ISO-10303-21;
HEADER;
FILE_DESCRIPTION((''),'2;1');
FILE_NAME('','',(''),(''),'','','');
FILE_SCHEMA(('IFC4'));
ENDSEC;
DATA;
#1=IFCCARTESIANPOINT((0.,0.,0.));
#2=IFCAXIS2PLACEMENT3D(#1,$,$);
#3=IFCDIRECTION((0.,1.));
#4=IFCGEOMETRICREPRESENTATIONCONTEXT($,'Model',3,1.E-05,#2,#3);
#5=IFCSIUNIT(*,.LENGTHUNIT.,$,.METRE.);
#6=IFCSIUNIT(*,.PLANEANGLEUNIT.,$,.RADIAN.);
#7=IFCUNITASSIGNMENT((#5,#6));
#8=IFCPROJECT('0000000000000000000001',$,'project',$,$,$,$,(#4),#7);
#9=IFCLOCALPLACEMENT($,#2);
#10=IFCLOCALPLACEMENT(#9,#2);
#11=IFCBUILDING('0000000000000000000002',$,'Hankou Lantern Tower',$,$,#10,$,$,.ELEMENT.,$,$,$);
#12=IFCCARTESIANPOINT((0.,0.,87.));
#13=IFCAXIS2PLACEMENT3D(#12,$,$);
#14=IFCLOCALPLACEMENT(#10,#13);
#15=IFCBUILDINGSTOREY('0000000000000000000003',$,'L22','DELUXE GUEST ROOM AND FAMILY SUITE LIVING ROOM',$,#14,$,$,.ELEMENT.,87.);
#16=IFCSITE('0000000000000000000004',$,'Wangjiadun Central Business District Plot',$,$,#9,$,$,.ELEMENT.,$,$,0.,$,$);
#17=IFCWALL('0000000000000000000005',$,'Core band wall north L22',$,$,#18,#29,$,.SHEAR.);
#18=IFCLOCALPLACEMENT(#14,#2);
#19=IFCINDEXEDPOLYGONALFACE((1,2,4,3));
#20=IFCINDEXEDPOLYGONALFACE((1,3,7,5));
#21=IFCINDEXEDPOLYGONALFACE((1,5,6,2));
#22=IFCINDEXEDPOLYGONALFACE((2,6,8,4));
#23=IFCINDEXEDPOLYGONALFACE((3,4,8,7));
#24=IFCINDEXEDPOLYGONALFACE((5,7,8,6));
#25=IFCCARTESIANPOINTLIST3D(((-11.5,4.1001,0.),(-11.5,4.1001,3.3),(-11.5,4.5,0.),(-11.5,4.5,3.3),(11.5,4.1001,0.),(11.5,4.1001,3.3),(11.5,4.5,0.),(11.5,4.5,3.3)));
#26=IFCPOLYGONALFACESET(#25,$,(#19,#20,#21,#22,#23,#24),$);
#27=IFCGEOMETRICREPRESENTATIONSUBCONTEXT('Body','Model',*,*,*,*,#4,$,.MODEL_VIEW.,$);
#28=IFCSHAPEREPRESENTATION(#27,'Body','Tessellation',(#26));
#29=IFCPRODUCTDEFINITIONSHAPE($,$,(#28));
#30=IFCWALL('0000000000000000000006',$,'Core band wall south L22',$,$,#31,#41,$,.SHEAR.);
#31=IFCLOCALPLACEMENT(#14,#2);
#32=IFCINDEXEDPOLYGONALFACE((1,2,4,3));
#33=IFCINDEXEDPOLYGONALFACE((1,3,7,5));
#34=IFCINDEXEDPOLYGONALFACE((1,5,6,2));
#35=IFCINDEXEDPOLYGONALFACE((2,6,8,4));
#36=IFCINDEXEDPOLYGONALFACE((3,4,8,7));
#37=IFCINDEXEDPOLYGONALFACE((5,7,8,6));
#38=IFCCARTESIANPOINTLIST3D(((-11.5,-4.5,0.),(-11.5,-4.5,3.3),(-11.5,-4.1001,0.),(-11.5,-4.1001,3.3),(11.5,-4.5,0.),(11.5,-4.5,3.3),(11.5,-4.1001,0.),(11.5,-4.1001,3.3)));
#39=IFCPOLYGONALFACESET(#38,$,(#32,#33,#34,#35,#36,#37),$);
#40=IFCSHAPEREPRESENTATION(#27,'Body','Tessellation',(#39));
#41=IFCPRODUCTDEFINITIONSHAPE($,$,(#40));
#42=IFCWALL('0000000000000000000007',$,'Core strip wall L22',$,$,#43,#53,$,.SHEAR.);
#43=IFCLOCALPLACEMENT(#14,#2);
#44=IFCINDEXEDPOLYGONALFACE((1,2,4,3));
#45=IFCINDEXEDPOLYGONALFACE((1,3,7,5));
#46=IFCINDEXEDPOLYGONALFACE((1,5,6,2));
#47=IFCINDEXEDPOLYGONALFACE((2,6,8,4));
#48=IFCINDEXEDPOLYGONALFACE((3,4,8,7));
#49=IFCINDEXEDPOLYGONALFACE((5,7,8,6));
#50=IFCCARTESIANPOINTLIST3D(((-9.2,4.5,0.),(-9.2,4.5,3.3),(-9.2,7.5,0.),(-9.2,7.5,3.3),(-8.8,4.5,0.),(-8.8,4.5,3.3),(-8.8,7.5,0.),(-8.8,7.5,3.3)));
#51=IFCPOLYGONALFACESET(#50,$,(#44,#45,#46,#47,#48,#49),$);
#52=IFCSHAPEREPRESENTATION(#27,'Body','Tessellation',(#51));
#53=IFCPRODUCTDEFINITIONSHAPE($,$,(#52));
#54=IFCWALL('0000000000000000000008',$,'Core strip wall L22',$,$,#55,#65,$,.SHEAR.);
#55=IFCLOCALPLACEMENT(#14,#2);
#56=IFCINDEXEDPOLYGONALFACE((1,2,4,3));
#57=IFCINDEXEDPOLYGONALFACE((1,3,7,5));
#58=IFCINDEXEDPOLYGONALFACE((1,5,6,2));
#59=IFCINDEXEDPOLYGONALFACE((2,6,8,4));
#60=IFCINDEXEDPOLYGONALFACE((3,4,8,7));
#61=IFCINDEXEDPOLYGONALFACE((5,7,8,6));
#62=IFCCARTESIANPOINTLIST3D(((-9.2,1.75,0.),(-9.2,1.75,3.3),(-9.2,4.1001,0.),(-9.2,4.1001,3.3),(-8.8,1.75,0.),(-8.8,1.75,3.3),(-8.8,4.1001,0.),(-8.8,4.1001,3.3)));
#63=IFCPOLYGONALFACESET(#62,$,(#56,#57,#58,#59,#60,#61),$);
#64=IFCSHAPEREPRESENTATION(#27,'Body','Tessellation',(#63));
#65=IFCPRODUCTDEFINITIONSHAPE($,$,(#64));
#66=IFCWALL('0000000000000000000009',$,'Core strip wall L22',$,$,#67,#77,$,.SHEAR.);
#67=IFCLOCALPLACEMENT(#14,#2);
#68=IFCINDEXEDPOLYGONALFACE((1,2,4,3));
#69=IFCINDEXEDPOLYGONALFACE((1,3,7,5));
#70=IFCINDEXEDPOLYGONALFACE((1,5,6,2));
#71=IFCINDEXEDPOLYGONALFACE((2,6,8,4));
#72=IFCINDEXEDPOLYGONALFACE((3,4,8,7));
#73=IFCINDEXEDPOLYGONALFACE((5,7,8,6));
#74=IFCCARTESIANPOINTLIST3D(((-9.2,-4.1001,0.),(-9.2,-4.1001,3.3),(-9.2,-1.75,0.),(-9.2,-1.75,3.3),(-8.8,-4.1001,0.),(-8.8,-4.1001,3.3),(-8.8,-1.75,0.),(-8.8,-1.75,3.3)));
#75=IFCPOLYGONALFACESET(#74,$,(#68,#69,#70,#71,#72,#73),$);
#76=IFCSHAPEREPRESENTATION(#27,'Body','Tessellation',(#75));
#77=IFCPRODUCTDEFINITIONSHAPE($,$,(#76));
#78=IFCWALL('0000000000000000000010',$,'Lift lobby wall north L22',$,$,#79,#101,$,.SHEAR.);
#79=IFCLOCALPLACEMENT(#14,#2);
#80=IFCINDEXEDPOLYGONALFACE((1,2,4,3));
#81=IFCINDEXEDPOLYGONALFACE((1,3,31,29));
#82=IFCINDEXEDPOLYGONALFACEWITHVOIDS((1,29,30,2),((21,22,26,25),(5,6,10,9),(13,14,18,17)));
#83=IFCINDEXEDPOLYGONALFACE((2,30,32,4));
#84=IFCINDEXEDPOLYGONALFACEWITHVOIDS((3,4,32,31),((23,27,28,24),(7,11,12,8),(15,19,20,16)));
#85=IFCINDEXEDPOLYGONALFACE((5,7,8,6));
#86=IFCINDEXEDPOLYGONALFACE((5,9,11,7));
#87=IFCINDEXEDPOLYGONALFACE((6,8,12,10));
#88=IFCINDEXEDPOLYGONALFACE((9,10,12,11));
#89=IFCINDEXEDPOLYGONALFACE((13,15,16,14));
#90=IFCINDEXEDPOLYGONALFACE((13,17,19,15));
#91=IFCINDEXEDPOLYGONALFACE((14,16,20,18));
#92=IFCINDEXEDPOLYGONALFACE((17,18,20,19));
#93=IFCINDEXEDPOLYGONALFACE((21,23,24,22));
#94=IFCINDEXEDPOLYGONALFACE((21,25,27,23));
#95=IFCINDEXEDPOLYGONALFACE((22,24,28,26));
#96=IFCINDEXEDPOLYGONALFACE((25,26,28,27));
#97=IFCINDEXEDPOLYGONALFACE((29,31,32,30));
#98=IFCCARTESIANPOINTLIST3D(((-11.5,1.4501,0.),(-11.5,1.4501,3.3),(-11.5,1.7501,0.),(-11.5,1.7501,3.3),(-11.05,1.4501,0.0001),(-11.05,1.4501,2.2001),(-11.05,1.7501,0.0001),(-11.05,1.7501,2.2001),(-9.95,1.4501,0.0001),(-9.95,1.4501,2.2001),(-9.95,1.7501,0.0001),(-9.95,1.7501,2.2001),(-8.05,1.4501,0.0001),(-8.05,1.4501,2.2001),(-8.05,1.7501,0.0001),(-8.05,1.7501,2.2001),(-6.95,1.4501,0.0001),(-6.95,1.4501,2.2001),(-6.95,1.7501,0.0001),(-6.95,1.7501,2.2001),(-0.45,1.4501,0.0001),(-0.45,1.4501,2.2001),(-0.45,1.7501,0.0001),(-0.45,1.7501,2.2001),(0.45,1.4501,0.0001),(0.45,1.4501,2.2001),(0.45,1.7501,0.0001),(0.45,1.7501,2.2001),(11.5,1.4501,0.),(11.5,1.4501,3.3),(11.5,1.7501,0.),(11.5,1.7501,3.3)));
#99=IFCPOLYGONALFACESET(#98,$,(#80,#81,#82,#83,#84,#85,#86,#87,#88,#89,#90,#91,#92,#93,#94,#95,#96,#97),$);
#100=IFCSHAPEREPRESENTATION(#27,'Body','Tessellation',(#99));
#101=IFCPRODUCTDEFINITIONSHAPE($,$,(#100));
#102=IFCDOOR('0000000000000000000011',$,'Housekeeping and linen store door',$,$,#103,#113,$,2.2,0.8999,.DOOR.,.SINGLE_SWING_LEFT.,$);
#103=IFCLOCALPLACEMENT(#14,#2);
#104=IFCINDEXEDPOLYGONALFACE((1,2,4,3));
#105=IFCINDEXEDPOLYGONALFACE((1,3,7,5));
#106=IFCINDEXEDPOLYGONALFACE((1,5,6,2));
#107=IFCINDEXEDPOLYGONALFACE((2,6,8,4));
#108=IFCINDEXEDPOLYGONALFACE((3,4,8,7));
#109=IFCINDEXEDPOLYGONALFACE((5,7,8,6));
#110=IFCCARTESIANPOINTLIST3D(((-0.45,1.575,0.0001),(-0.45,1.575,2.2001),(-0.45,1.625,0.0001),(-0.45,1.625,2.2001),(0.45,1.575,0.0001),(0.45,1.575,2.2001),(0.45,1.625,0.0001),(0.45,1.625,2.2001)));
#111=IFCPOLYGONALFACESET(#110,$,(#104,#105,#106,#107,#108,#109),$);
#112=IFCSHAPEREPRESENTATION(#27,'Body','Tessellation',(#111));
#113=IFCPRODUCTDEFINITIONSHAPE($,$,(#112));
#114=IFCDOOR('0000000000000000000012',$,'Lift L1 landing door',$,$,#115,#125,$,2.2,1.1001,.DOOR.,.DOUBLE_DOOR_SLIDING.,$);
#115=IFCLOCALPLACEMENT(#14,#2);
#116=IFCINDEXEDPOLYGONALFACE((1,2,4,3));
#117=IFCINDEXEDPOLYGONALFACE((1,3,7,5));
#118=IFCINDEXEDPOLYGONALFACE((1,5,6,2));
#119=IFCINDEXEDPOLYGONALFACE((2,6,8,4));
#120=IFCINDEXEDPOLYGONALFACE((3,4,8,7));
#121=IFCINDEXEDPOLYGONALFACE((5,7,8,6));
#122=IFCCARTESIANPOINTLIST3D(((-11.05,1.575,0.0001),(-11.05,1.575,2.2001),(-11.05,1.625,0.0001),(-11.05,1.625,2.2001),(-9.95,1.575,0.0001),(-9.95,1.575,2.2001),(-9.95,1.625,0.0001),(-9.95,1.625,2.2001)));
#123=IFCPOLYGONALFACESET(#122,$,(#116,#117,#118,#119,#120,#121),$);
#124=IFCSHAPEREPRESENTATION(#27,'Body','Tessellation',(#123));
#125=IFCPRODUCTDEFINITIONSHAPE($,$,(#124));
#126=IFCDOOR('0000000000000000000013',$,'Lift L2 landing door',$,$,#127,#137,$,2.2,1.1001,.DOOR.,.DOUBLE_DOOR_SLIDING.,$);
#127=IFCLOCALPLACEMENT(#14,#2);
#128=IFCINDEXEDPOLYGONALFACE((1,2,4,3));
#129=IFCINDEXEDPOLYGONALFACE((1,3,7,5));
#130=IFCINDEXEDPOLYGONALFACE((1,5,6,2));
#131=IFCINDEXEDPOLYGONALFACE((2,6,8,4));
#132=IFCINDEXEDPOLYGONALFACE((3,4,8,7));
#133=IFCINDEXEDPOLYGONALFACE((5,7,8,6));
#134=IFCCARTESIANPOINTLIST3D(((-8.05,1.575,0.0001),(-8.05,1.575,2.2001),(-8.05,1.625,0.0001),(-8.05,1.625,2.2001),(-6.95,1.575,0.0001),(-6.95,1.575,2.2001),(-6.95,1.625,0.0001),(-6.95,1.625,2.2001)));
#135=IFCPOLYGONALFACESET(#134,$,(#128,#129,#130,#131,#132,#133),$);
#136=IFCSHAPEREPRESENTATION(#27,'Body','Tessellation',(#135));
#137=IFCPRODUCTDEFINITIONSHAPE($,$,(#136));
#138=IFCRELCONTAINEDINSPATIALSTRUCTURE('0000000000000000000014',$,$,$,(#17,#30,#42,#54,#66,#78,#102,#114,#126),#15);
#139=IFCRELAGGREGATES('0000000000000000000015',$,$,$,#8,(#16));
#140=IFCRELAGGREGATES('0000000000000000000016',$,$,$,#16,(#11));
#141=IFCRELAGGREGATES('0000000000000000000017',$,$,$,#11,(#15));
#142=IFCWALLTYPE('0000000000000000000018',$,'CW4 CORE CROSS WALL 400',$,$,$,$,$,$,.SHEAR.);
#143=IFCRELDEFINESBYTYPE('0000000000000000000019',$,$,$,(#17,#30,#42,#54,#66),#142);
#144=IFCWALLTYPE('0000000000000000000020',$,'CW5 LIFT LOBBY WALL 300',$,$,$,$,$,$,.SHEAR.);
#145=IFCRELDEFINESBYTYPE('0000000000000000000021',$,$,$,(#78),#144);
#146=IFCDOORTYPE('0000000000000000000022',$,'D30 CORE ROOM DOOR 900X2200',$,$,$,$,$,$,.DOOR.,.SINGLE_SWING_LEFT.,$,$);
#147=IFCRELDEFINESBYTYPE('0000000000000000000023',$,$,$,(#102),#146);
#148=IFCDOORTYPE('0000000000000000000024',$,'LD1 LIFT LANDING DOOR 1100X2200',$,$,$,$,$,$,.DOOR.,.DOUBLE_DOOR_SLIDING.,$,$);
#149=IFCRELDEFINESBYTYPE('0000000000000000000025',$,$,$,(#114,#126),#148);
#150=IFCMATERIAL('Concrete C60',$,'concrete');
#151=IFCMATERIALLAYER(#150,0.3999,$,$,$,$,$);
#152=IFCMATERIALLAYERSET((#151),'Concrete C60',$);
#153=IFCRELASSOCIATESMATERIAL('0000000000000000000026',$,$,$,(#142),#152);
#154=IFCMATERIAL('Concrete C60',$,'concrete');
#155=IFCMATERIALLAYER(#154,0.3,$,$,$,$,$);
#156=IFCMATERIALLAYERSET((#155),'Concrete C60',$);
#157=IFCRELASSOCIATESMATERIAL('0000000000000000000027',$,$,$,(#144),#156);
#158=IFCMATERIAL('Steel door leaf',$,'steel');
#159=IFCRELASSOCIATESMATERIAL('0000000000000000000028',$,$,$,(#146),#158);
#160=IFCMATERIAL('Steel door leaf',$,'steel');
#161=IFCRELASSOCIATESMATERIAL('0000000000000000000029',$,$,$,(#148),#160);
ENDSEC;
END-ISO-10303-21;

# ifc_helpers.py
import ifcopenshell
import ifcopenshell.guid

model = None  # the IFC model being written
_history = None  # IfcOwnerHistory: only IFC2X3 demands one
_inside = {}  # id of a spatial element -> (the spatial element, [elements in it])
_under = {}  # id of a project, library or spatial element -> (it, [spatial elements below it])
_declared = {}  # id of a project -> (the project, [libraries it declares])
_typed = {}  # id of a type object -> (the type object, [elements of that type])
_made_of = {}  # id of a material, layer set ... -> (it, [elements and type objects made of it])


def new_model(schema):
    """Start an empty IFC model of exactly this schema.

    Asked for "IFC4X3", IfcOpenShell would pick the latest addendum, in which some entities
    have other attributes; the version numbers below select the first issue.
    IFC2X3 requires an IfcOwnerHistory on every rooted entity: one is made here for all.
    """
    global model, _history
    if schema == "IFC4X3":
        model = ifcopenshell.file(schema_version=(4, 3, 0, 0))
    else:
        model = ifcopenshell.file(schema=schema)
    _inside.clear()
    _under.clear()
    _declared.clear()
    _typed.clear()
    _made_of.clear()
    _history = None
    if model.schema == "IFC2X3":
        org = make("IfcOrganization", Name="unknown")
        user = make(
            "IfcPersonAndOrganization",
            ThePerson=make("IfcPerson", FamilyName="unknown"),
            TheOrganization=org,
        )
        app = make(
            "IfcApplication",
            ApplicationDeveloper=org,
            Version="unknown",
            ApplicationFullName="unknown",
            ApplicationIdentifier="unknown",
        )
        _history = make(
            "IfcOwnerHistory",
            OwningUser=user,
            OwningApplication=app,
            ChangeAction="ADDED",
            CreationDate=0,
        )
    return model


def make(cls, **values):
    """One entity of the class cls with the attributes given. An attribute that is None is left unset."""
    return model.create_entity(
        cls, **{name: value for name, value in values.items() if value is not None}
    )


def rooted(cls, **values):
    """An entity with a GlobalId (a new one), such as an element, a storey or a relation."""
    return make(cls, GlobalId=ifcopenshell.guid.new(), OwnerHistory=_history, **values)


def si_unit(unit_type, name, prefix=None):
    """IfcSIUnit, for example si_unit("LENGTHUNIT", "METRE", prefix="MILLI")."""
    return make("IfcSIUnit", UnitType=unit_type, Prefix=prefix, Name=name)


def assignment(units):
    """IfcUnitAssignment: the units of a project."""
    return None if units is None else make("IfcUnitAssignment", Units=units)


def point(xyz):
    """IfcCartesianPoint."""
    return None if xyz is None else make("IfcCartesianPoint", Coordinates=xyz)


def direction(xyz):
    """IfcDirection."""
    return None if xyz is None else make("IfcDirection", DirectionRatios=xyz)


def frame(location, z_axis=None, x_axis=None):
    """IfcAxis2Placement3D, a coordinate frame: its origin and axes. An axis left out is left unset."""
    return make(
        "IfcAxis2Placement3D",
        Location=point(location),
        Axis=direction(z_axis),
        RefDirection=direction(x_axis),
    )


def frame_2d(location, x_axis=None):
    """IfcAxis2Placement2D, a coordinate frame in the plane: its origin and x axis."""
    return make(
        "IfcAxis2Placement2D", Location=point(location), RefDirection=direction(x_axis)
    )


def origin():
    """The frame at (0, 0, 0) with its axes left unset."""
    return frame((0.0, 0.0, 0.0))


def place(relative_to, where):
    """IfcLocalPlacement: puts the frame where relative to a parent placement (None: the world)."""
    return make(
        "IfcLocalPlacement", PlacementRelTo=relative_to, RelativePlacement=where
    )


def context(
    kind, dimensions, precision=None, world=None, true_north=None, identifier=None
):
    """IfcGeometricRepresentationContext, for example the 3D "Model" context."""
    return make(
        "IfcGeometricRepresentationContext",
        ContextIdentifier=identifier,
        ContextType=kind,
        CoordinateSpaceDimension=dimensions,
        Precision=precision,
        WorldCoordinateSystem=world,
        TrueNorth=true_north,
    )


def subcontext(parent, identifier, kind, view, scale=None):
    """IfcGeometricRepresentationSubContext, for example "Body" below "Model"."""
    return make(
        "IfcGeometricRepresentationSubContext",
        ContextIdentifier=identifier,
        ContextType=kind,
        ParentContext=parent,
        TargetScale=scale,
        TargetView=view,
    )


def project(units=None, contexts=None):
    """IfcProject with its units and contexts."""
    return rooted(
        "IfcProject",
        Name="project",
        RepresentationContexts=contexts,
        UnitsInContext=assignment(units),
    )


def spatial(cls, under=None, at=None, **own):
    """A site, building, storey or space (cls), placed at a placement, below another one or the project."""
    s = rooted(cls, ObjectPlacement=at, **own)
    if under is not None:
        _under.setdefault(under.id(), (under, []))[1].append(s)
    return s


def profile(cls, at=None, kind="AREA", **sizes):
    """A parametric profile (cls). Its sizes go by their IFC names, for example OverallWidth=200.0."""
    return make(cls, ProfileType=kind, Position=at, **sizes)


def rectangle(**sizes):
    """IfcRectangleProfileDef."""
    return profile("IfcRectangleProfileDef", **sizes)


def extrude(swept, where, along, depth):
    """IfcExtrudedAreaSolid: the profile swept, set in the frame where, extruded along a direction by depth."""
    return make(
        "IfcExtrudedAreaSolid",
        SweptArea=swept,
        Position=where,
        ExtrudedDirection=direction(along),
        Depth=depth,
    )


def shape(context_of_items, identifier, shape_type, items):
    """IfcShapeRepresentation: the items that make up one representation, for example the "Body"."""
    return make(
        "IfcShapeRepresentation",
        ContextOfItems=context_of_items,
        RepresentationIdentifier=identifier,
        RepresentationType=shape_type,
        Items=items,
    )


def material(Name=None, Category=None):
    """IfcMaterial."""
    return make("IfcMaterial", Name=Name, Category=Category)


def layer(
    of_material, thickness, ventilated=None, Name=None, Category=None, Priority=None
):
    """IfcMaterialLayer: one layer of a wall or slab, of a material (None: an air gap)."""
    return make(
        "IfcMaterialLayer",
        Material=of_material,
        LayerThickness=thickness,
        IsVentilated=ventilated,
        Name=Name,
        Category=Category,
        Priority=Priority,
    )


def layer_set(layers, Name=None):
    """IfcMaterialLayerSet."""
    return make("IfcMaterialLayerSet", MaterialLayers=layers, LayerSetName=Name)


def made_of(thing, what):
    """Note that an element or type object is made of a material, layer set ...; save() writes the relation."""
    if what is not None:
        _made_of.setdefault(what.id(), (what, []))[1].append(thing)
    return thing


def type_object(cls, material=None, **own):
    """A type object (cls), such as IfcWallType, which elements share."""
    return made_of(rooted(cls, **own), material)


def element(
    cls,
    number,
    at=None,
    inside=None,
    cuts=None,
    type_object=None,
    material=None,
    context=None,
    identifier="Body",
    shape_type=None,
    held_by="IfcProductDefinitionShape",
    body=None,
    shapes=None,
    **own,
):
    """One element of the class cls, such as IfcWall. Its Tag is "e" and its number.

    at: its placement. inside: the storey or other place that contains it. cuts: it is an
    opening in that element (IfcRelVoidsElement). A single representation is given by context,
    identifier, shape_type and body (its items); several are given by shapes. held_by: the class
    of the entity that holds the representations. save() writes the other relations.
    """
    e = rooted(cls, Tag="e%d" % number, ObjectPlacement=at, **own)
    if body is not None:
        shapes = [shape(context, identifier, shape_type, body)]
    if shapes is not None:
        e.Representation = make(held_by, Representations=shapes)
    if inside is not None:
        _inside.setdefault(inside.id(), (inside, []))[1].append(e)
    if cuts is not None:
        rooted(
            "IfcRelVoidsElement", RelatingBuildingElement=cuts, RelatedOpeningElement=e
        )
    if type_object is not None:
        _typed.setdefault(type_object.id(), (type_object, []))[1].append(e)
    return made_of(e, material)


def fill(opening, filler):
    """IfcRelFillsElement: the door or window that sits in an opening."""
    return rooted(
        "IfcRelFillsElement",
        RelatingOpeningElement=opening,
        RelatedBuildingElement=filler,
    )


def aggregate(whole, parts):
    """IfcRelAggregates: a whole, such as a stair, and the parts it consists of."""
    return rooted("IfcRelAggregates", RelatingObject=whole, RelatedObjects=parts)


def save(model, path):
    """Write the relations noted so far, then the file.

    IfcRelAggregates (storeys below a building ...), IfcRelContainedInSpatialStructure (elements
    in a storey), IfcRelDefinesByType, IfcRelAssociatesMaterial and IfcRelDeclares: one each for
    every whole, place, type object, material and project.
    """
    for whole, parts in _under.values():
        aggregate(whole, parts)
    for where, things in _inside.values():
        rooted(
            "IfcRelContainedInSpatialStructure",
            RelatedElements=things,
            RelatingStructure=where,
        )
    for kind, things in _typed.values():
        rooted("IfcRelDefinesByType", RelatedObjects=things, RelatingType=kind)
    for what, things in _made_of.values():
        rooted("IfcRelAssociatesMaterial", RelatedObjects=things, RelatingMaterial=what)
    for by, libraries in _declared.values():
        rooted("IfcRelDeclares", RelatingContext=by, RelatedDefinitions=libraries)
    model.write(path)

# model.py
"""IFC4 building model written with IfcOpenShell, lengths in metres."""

from ifc_helpers import new_model, si_unit, direction, frame, frame_2d, origin, place, context, subcontext, project, spatial, rectangle, extrude, material, layer, layer_set, type_object, element, fill, save


model = new_model("IFC4")

# Units and contexts
model_context = context("Model", 3, precision=1e-05, world=origin(), true_north=direction((0.0, 1.0)))
body_context = subcontext(model_context, "Body", "Model", "MODEL_VIEW")
ifc_project = project(units=[si_unit("LENGTHUNIT", "METRE"), si_unit("PLANEANGLEUNIT", "RADIAN")], contexts=[model_context])

# Site, building, storey
site_placement = place(None, origin())
site = spatial("IfcSite", under=ifc_project, at=site_placement, Name="Wangjiadun Central Business District Plot", CompositionType="ELEMENT", RefElevation=0.0)
building_placement = place(site_placement, origin())
building = spatial("IfcBuilding", under=site, at=building_placement, Name="Hankou Lantern Tower", CompositionType="ELEMENT")
storey_placement = place(building_placement, frame((0.0, 0.0, 87.0)))
storey = spatial("IfcBuildingStorey", under=building, at=storey_placement, Name="L22", Description="DELUXE GUEST ROOM AND FAMILY SUITE LIVING ROOM", CompositionType="ELEMENT", Elevation=87.0)

# Walls
ifc_material_1 = material(Name="Concrete C60", Category="concrete")
ifc_layer_1 = layer(ifc_material_1, 0.3999)
ifc_layer_set_1 = layer_set([ifc_layer_1], Name="Concrete C60")
wall_type_1 = type_object("IfcWallType", Name="CW4 CORE CROSS WALL 400", PredefinedType="SHEAR", material=ifc_layer_set_1)
for number, where, z_axis, x_axis, name in (
    (1, (-11.5, 4.3, 0.0), (0.0, 0.0, 1.0), (1.0, 0.0, 0.0), "Core band wall north L22"),
    (2, (-11.5, -4.3, 0.0), (0.0, 0.0, 1.0), (1.0, 0.0, 0.0), "Core band wall south L22"),
):
    element("IfcWall", number, at=place(storey_placement, frame(where, z_axis=z_axis, x_axis=x_axis)), inside=storey, type_object=wall_type_1, Name=name, PredefinedType="SHEAR", context=body_context, shape_type="SweptSolid", body=[
        extrude(rectangle(XDim=23.0, YDim=0.3999, at=frame_2d((11.5, 0.0))), origin(), (0.0, 0.0, 1.0), 3.3),
    ])
wall_1_placement = place(storey_placement, frame((-9.0, 4.5, 0.0), z_axis=(0.0, 0.0, 1.0), x_axis=(0.0, 1.0, 0.0)))
element("IfcWall", 3, at=wall_1_placement, inside=storey, type_object=wall_type_1, Name="Core strip wall L22", PredefinedType="SHEAR", context=body_context, shape_type="SweptSolid", body=[
    extrude(rectangle(XDim=3.0, YDim=0.3999, at=frame_2d((1.5, 0.0))), origin(), (0.0, 0.0, 1.0), 3.3),
])
for number, where, z_axis, x_axis, name in (
    (4, (-9.0, 1.75, 0.0), (0.0, 0.0, 1.0), (0.0, 1.0, 0.0), "Core strip wall L22"),
    (5, (-9.0, -4.1001, 0.0), (0.0, 0.0, 1.0), (0.0, 1.0, 0.0), "Core strip wall L22"),
):
    element("IfcWall", number, at=place(storey_placement, frame(where, z_axis=z_axis, x_axis=x_axis)), inside=storey, type_object=wall_type_1, Name=name, PredefinedType="SHEAR", context=body_context, shape_type="SweptSolid", body=[
        extrude(rectangle(XDim=2.3501, YDim=0.3999, at=frame_2d((1.175, 0.0))), origin(), (0.0, 0.0, 1.0), 3.3),
    ])

# Wall, openings, doors
ifc_material_2 = material(Name="Concrete C60", Category="concrete")
ifc_layer_2 = layer(ifc_material_2, 0.3)
ifc_layer_set_2 = layer_set([ifc_layer_2], Name="Concrete C60")
wall_type_2 = type_object("IfcWallType", Name="CW5 LIFT LOBBY WALL 300", PredefinedType="SHEAR", material=ifc_layer_set_2)
wall_2_placement = place(storey_placement, frame((-11.5, 1.6001, 0.0), z_axis=(0.0, 0.0, 1.0), x_axis=(1.0, 0.0, 0.0)))
wall_2 = element("IfcWall", 6, at=wall_2_placement, inside=storey, type_object=wall_type_2, Name="Lift lobby wall north L22", PredefinedType="SHEAR", context=body_context, shape_type="SweptSolid", body=[
    extrude(rectangle(XDim=23.0, YDim=0.3, at=frame_2d((11.5, 0.0))), origin(), (0.0, 0.0, 1.0), 3.3),
])
opening_1_placement = place(wall_2_placement, frame((0.45, 0.0, 0.0)))
opening_1 = element("IfcOpeningElement", 7, at=opening_1_placement, cuts=wall_2, PredefinedType="OPENING", context=body_context, shape_type="SweptSolid", body=[
    extrude(rectangle(XDim=1.1001, YDim=2.2, at=frame_2d((0.55, 1.1001))), frame((0.0, 0.1599, 0.0), z_axis=(0.0, -1.0, 0.0), x_axis=(1.0, 0.0, 0.0)), (0.0, 0.0, 1.0), 0.3201),
])
opening_2_placement = place(wall_2_placement, frame((3.45, 0.0, 0.0)))
opening_2 = element("IfcOpeningElement", 8, at=opening_2_placement, cuts=wall_2, PredefinedType="OPENING", context=body_context, shape_type="SweptSolid", body=[
    extrude(rectangle(XDim=1.1001, YDim=2.2, at=frame_2d((0.55, 1.1001))), frame((0.0, 0.1599, 0.0), z_axis=(0.0, -1.0, 0.0), x_axis=(1.0, 0.0, 0.0)), (0.0, 0.0, 1.0), 0.3201),
])
opening_3_placement = place(wall_2_placement, frame((11.05, 0.0, 0.0)))
opening_3 = element("IfcOpeningElement", 9, at=opening_3_placement, cuts=wall_2, PredefinedType="OPENING", context=body_context, shape_type="SweptSolid", body=[
    extrude(rectangle(XDim=0.8999, YDim=2.2, at=frame_2d((0.45, 1.1001))), frame((0.0, 0.1599, 0.0), z_axis=(0.0, -1.0, 0.0), x_axis=(1.0, 0.0, 0.0)), (0.0, 0.0, 1.0), 0.3201),
])
ifc_material_3 = material(Name="Steel door leaf", Category="steel")
door_type_1 = type_object("IfcDoorType", Name="D30 CORE ROOM DOOR 900X2200", OperationType="SINGLE_SWING_LEFT", PredefinedType="DOOR", material=ifc_material_3)
door_1_placement = place(opening_3_placement, origin())
door_1 = element("IfcDoor", 10, at=door_1_placement, inside=storey, type_object=door_type_1, Name="Housekeeping and linen store door", OperationType="SINGLE_SWING_LEFT", OverallHeight=2.2, OverallWidth=0.8999, PredefinedType="DOOR", context=body_context, shape_type="SweptSolid", body=[
    extrude(rectangle(XDim=0.8999, YDim=2.2, at=frame_2d((0.45, 1.1001))), frame((0.0, 0.0249, 0.0), z_axis=(0.0, -1.0, 0.0), x_axis=(1.0, 0.0, 0.0)), (0.0, 0.0, 1.0), 0.05),
])
fill(opening_3, door_1)
ifc_material_4 = material(Name="Steel door leaf", Category="steel")
door_type_2 = type_object("IfcDoorType", Name="LD1 LIFT LANDING DOOR 1100X2200", OperationType="DOUBLE_DOOR_SLIDING", PredefinedType="DOOR", material=ifc_material_4)
door_2_placement = place(opening_1_placement, origin())
door_2 = element("IfcDoor", 11, at=door_2_placement, inside=storey, type_object=door_type_2, Name="Lift L1 landing door", OperationType="DOUBLE_DOOR_SLIDING", OverallHeight=2.2, OverallWidth=1.1001, PredefinedType="DOOR", context=body_context, shape_type="SweptSolid", body=[
    extrude(rectangle(XDim=1.1001, YDim=2.2, at=frame_2d((0.55, 1.1001))), frame((0.0, 0.0249, 0.0), z_axis=(0.0, -1.0, 0.0), x_axis=(1.0, 0.0, 0.0)), (0.0, 0.0, 1.0), 0.05),
])
fill(opening_1, door_2)
door_3_placement = place(opening_2_placement, origin())
door_3 = element("IfcDoor", 12, at=door_3_placement, inside=storey, type_object=door_type_2, Name="Lift L2 landing door", OperationType="DOUBLE_DOOR_SLIDING", OverallHeight=2.2, OverallWidth=1.1001, PredefinedType="DOOR", context=body_context, shape_type="SweptSolid", body=[
    extrude(rectangle(XDim=1.1001, YDim=2.2, at=frame_2d((0.55, 1.1001))), frame((0.0, 0.0249, 0.0), z_axis=(0.0, -1.0, 0.0), x_axis=(1.0, 0.0, 0.0)), (0.0, 0.0, 1.0), 0.05),
])
fill(opening_2, door_3)

save(model, "model.ifc")
